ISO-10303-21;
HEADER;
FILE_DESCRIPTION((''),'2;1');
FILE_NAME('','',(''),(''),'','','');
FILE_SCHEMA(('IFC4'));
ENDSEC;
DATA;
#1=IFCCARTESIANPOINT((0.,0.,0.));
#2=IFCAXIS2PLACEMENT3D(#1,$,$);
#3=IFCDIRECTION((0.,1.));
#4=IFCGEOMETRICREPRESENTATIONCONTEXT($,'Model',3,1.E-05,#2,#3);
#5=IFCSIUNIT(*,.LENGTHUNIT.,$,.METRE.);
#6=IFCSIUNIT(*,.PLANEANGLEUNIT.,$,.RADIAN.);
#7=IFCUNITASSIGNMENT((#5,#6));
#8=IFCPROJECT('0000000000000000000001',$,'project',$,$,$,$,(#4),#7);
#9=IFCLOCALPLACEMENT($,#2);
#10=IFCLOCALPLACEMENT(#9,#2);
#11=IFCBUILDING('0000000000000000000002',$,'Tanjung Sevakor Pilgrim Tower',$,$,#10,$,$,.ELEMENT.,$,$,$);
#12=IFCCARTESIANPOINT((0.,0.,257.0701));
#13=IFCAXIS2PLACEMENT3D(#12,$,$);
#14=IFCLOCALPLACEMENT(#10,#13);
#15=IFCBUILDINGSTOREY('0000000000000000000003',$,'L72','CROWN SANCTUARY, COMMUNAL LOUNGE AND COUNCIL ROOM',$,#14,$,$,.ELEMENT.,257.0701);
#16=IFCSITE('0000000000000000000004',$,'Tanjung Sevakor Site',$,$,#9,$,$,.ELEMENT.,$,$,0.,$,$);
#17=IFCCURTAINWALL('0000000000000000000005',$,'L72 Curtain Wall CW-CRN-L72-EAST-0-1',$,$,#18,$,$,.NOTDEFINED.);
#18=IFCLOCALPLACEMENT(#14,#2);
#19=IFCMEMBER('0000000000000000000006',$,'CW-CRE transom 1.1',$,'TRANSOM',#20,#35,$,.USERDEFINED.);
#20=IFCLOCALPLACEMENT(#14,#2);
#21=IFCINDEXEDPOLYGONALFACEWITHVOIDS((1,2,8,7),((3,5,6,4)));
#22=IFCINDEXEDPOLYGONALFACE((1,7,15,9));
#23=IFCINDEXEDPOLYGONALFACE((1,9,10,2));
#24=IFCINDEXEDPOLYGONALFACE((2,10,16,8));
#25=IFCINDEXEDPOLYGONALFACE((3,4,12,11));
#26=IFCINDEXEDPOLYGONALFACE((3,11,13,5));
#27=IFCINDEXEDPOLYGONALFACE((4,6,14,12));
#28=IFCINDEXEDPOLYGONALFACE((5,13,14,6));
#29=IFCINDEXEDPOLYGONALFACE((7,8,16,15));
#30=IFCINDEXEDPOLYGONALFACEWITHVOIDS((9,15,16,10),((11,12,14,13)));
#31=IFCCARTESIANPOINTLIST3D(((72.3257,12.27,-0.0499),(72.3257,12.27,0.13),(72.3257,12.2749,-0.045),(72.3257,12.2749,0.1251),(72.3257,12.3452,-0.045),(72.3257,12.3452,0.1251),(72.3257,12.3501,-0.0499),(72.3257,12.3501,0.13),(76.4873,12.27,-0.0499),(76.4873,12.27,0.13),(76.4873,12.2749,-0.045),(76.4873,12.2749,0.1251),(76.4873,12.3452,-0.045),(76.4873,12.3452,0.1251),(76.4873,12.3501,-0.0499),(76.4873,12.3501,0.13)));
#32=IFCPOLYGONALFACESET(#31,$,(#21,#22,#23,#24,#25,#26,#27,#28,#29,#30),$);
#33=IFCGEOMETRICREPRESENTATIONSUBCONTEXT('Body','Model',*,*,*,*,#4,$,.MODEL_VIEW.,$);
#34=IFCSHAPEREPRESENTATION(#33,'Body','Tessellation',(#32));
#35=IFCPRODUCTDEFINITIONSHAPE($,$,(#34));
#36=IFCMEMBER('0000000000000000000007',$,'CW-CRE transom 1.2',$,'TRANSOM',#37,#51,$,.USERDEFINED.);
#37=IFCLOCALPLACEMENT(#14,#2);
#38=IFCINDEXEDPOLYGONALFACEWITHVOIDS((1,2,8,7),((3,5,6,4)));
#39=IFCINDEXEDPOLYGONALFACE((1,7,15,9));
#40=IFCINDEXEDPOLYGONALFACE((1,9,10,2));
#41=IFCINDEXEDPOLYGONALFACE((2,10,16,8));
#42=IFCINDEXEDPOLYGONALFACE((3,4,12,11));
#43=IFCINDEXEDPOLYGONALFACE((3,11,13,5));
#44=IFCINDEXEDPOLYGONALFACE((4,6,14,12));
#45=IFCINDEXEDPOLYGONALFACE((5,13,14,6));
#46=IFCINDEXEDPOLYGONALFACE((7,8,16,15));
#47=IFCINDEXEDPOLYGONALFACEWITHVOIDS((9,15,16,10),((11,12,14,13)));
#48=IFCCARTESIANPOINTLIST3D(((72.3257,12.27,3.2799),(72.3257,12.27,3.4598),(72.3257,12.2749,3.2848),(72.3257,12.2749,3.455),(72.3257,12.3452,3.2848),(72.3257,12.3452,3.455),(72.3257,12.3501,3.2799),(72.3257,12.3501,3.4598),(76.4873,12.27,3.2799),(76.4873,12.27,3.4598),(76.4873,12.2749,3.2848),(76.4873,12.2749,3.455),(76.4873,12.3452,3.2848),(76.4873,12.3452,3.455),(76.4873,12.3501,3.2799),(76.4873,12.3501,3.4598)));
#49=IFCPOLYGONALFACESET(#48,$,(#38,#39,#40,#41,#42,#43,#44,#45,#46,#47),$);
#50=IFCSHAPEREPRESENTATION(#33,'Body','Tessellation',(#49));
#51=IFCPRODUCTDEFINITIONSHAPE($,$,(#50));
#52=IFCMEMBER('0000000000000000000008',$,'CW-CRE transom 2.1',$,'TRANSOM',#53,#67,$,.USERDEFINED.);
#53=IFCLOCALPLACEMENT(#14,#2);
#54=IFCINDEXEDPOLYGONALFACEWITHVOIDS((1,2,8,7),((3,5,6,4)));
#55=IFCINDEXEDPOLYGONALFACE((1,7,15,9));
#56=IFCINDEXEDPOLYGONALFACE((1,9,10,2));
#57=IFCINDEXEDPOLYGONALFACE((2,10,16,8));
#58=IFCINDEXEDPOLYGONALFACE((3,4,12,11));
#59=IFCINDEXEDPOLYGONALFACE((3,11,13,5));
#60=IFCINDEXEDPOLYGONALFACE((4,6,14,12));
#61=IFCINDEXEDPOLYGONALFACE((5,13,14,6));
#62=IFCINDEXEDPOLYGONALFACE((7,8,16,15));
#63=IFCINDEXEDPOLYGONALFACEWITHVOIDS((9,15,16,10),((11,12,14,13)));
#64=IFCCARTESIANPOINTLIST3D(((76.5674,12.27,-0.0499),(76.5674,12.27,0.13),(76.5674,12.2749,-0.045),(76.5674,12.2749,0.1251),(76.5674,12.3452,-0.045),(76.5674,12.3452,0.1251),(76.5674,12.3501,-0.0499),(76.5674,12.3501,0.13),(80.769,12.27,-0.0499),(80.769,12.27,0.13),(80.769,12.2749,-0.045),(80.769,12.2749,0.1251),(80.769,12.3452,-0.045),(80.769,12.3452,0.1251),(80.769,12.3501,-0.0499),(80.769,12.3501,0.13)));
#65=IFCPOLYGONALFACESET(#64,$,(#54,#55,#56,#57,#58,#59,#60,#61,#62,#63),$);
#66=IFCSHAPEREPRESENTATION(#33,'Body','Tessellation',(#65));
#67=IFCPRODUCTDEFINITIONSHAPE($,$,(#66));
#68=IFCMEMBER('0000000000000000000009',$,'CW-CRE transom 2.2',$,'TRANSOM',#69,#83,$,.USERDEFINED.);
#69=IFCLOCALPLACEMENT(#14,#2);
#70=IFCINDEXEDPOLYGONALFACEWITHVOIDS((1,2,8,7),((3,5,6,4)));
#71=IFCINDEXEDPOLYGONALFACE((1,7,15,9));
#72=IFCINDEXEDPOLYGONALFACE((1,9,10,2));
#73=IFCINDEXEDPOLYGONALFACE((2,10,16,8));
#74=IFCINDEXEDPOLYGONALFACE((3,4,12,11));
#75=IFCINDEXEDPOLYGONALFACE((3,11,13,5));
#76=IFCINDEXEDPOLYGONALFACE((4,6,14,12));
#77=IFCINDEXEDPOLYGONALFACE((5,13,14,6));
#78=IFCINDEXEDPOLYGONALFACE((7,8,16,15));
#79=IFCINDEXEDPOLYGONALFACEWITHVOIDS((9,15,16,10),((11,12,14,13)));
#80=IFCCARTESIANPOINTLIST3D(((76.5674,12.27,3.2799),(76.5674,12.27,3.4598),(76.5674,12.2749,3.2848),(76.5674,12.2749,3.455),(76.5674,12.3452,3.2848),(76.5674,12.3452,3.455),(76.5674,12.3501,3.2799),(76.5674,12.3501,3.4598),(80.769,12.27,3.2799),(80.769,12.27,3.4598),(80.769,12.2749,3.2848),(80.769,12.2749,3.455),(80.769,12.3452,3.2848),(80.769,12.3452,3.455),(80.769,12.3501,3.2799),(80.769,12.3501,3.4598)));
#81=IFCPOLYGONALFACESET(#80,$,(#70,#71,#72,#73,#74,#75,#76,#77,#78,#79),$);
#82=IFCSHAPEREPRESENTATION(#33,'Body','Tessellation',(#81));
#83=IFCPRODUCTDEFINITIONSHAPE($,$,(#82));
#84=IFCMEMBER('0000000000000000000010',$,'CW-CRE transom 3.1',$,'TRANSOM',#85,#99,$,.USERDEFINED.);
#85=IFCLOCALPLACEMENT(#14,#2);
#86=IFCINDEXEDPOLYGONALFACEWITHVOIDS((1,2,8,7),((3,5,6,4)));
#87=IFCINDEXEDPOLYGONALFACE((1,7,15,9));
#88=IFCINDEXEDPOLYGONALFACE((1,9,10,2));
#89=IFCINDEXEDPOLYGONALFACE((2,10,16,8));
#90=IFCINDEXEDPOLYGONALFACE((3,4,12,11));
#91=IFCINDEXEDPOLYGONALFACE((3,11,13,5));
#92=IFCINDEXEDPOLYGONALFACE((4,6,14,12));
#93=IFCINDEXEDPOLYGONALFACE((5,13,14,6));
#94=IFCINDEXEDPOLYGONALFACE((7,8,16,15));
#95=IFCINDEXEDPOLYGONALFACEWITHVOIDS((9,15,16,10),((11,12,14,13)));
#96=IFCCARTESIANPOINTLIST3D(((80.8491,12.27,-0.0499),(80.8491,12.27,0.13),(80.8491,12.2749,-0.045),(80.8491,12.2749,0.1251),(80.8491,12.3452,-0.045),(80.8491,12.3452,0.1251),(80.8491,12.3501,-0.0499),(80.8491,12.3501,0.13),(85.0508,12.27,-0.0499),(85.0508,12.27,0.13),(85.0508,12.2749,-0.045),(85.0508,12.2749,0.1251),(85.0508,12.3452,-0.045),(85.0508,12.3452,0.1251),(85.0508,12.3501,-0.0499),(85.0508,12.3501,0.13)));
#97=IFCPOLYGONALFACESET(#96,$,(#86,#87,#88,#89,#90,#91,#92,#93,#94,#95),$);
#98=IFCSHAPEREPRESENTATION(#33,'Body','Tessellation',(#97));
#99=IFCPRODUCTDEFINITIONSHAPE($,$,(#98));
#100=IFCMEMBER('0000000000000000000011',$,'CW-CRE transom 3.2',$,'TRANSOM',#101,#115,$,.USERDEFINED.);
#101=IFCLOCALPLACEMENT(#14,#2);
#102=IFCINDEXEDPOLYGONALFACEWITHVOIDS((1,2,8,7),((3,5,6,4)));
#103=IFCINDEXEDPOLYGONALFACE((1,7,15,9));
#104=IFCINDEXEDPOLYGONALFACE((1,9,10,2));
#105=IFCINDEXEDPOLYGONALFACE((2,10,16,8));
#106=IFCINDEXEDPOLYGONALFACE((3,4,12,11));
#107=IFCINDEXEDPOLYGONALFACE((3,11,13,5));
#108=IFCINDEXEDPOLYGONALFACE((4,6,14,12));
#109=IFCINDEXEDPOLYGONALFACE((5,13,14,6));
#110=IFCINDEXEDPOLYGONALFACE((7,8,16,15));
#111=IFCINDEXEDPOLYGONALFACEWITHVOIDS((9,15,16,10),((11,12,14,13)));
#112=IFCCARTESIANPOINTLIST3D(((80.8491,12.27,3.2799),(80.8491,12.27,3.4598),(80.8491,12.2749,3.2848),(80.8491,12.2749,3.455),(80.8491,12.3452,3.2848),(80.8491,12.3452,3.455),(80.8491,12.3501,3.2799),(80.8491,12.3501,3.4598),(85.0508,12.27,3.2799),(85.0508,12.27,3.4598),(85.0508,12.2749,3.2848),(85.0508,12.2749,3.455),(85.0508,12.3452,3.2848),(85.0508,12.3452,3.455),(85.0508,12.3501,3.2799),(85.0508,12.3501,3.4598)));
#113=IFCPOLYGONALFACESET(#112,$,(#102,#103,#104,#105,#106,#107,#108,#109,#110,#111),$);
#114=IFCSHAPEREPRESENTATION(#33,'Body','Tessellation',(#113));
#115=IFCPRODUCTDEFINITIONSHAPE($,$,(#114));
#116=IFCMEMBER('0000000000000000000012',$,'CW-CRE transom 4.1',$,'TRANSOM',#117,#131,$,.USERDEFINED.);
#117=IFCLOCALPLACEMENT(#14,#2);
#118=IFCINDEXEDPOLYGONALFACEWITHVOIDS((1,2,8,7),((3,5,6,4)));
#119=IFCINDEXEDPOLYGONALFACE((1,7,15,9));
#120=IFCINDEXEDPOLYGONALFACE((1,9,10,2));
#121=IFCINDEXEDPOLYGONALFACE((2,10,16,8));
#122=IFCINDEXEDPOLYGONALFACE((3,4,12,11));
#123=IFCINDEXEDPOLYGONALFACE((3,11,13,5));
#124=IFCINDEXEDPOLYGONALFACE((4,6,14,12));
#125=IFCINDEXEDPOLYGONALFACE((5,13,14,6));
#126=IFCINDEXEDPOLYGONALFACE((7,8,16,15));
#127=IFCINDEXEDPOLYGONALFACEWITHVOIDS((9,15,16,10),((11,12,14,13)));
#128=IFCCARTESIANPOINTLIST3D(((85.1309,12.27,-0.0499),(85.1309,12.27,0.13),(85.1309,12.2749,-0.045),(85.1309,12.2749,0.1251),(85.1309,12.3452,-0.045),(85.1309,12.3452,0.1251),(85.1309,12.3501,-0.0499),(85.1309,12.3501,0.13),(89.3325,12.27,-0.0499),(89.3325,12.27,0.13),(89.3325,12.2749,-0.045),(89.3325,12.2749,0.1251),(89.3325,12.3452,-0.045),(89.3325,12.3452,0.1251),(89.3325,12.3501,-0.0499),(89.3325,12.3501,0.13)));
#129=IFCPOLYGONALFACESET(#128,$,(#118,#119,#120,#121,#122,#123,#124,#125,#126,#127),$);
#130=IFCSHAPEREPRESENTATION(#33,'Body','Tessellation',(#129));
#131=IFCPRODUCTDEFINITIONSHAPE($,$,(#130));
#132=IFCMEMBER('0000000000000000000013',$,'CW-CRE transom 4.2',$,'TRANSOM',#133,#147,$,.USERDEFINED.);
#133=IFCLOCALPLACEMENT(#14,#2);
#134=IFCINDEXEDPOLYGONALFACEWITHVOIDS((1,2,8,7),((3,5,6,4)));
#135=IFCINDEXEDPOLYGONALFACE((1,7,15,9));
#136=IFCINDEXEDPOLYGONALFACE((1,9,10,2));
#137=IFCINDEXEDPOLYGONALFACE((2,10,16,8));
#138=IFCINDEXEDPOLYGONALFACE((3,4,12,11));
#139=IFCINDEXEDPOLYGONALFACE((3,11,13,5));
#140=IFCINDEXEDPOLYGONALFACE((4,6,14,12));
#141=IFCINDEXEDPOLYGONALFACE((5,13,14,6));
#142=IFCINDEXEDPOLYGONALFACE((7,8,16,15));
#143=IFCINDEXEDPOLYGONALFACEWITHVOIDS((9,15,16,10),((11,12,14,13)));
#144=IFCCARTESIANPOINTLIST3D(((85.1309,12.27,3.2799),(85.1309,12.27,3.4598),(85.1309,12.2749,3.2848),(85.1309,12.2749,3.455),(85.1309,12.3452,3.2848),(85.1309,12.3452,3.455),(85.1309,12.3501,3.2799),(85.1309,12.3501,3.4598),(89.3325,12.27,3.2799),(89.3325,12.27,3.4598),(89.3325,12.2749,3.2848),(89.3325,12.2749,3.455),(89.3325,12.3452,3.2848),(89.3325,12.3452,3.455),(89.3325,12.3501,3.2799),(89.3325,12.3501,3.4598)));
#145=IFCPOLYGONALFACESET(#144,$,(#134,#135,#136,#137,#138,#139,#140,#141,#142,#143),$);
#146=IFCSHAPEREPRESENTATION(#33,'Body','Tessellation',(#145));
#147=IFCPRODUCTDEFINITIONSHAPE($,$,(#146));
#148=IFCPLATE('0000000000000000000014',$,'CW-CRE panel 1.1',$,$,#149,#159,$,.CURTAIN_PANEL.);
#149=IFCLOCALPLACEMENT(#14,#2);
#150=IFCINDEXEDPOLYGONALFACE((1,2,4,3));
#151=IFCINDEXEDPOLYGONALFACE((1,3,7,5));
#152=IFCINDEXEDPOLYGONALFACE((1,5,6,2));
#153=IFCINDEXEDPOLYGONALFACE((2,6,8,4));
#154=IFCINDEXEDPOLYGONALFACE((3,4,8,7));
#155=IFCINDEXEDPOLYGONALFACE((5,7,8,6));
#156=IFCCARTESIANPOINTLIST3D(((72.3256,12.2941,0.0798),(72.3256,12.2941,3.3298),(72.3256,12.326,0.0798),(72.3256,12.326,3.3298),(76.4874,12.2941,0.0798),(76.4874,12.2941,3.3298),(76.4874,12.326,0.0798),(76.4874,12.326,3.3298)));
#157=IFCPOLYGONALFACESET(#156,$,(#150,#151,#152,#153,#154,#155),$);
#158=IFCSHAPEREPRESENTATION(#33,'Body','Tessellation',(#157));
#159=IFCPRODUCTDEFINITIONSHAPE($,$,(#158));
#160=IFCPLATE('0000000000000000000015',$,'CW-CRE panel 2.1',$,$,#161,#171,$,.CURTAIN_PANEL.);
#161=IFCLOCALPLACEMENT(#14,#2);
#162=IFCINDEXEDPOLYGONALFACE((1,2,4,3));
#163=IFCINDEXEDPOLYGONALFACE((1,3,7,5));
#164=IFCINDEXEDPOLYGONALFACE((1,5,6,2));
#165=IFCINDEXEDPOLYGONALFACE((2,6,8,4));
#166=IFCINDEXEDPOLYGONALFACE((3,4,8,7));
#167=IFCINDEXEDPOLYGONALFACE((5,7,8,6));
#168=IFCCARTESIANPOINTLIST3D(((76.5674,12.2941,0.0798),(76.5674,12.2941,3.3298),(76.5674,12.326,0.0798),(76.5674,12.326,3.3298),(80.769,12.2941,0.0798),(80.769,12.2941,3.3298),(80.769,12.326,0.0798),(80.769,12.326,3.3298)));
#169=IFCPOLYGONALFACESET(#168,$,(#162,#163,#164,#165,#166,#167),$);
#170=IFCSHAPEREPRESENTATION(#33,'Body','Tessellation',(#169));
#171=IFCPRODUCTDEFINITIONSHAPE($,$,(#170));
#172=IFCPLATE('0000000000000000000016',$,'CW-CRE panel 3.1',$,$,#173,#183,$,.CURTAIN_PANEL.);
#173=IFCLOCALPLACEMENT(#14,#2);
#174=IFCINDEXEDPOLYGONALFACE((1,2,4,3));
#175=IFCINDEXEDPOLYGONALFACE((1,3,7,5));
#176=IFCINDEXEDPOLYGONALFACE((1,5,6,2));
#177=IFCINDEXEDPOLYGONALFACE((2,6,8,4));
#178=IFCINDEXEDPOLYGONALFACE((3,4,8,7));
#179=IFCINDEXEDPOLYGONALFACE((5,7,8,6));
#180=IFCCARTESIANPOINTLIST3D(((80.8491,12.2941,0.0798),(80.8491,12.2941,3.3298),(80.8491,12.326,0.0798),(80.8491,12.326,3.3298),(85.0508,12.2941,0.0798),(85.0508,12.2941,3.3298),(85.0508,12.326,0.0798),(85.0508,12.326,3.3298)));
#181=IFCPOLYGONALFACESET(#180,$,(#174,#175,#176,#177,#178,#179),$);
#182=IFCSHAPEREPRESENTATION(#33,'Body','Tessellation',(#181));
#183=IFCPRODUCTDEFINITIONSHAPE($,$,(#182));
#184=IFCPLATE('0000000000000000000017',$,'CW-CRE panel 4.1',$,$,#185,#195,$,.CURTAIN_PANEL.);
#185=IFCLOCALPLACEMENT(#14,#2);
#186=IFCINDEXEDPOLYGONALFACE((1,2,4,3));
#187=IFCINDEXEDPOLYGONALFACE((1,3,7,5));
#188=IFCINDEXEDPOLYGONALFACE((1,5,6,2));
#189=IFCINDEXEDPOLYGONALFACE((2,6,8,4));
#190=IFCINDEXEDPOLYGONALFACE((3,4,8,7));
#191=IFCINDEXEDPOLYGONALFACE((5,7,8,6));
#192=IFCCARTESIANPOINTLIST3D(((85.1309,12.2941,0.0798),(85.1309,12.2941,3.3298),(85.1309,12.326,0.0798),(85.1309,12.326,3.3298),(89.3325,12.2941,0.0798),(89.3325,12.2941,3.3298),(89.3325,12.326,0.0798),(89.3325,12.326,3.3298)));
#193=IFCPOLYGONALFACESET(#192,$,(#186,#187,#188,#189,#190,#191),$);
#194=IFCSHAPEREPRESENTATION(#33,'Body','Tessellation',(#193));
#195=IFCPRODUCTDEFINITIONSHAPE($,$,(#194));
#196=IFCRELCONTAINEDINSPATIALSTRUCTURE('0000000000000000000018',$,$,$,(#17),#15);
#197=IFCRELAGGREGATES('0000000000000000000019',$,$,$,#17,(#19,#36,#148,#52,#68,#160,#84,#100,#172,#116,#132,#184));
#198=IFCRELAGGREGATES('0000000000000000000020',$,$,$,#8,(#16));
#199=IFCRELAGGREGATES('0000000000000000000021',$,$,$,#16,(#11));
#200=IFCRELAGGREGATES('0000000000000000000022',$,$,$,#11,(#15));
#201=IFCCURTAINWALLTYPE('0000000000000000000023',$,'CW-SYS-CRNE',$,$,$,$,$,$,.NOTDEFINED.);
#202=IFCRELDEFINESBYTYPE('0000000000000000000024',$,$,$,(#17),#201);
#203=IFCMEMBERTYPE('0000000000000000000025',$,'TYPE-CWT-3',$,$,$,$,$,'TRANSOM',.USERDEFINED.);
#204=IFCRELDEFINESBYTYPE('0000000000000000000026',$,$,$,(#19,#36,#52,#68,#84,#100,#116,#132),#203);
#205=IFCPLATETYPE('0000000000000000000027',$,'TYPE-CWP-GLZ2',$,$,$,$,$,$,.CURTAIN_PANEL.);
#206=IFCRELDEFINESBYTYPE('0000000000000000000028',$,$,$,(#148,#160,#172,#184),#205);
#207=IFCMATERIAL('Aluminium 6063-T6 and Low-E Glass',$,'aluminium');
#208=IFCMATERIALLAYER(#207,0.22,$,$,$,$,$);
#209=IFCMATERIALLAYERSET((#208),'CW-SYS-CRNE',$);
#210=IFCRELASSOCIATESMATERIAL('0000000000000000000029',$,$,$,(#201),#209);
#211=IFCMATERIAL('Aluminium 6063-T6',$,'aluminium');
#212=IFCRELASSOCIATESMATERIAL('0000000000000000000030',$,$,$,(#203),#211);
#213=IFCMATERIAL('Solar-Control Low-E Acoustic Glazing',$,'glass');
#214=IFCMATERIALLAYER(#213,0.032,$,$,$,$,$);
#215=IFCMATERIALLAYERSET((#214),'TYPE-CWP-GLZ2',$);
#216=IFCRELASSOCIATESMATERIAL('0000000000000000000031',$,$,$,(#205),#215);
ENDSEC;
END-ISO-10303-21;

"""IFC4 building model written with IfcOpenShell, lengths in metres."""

from ifc_helpers import new_model, si_unit, direction, frame, origin, origin_2d, place, context, subcontext, project, spatial, rectangle, hollow_rectangle, extrude, material, layer, layer_set, material_profile, profile_set, type_object, element, aggregate, save


model = new_model("IFC4")

# Units and contexts
model_context = context("Model", 3, precision=1e-05, world=origin(), true_north=direction((0.0, 1.0)))
body_context = subcontext(model_context, "Body", "Model", "MODEL_VIEW")
ifc_project = project(units=[si_unit("LENGTHUNIT", "METRE"), si_unit("PLANEANGLEUNIT", "RADIAN")], contexts=[model_context])

# Site, building, storey
site_placement = place(None, origin())
site = spatial("IfcSite", under=ifc_project, at=site_placement, Name="Tanjung Sevakor Site", CompositionType="ELEMENT", RefElevation=0.0)
building_placement = place(site_placement, origin())
building = spatial("IfcBuilding", under=site, at=building_placement, Name="Tanjung Sevakor Pilgrim Tower", CompositionType="ELEMENT")
storey_placement = place(building_placement, frame((0.0, 0.0, 257.0701)))
storey = spatial("IfcBuildingStorey", under=building, at=storey_placement, Name="L72", Description="CROWN SANCTUARY, COMMUNAL LOUNGE AND COUNCIL ROOM", CompositionType="ELEMENT", Elevation=257.0701)

# Curtain wall, members, plates
ifc_material_1 = material(Name="Aluminium 6063-T6 and Low-E Glass", Category="aluminium")
ifc_layer_1 = layer(ifc_material_1, 0.22)
ifc_layer_set_1 = layer_set([ifc_layer_1], Name="CW-SYS-CRNE")
curtain_wall_type = type_object("IfcCurtainWallType", Name="CW-SYS-CRNE", PredefinedType="NOTDEFINED", material=ifc_layer_set_1)
curtain_wall_placement = place(storey_placement, origin())
curtain_wall = element("IfcCurtainWall", 1, at=curtain_wall_placement, inside=storey, type_object=curtain_wall_type, Name="L72 Curtain Wall CW-CRN-L72-EAST-0-1", PredefinedType="NOTDEFINED")
ifc_material_2 = material(Name="Aluminium 6063-T6", Category="aluminium")
ifc_material_profile_1 = material_profile(ifc_material_2, hollow_rectangle(XDim=0.0801, YDim=0.1799, WallThickness=0.0049, at=origin_2d()))
ifc_profile_set_1 = profile_set([ifc_material_profile_1], Name="Aluminium 6063-T6")
member_type_1 = type_object("IfcMemberType", Name="TYPE-CWT-3", ElementType="TRANSOM", PredefinedType="USERDEFINED", material=ifc_profile_set_1)
member_1_placement = place(storey_placement, frame((72.3257, 12.3101, 0.04), z_axis=(1.0, 0.0, 0.0), x_axis=(0.0, 1.0, 0.0)))
member_1 = element("IfcMember", 2, at=member_1_placement, type_object=member_type_1, Name="CW-CRE transom 1.1", ObjectType="TRANSOM", PredefinedType="USERDEFINED", context=body_context, shape_type="SweptSolid", body=[
    extrude(hollow_rectangle(XDim=0.0801, YDim=0.1799, WallThickness=0.0049, at=origin_2d()), origin(), (0.0, 0.0, 1.0), 4.1616),
])
member_2_placement = place(storey_placement, frame((72.3257, 12.3101, 3.3699), z_axis=(1.0, 0.0, 0.0), x_axis=(0.0, 1.0, 0.0)))
member_2 = element("IfcMember", 3, at=member_2_placement, type_object=member_type_1, Name="CW-CRE transom 1.2", ObjectType="TRANSOM", PredefinedType="USERDEFINED", context=body_context, shape_type="SweptSolid", body=[
    extrude(hollow_rectangle(XDim=0.0801, YDim=0.1799, WallThickness=0.0049, at=origin_2d()), origin(), (0.0, 0.0, 1.0), 4.1616),
])
member_3_placement = place(storey_placement, frame((76.5674, 12.3101, 0.04), z_axis=(1.0, 0.0, 0.0), x_axis=(0.0, 1.0, 0.0)))
member_3 = element("IfcMember", 4, at=member_3_placement, type_object=member_type_1, Name="CW-CRE transom 2.1", ObjectType="TRANSOM", PredefinedType="USERDEFINED", context=body_context, shape_type="SweptSolid", body=[
    extrude(hollow_rectangle(XDim=0.0801, YDim=0.1799, WallThickness=0.0049, at=origin_2d()), origin(), (0.0, 0.0, 1.0), 4.2017),
])
member_4_placement = place(storey_placement, frame((76.5674, 12.3101, 3.3699), z_axis=(1.0, 0.0, 0.0), x_axis=(0.0, 1.0, 0.0)))
member_4 = element("IfcMember", 5, at=member_4_placement, type_object=member_type_1, Name="CW-CRE transom 2.2", ObjectType="TRANSOM", PredefinedType="USERDEFINED", context=body_context, shape_type="SweptSolid", body=[
    extrude(hollow_rectangle(XDim=0.0801, YDim=0.1799, WallThickness=0.0049, at=origin_2d()), origin(), (0.0, 0.0, 1.0), 4.2017),
])
member_5_placement = place(storey_placement, frame((80.8491, 12.3101, 0.04), z_axis=(1.0, 0.0, 0.0), x_axis=(0.0, 1.0, 0.0)))
member_5 = element("IfcMember", 6, at=member_5_placement, type_object=member_type_1, Name="CW-CRE transom 3.1", ObjectType="TRANSOM", PredefinedType="USERDEFINED", context=body_context, shape_type="SweptSolid", body=[
    extrude(hollow_rectangle(XDim=0.0801, YDim=0.1799, WallThickness=0.0049, at=origin_2d()), origin(), (0.0, 0.0, 1.0), 4.2017),
])
member_6_placement = place(storey_placement, frame((80.8491, 12.3101, 3.3699), z_axis=(1.0, 0.0, 0.0), x_axis=(0.0, 1.0, 0.0)))
member_6 = element("IfcMember", 7, at=member_6_placement, type_object=member_type_1, Name="CW-CRE transom 3.2", ObjectType="TRANSOM", PredefinedType="USERDEFINED", context=body_context, shape_type="SweptSolid", body=[
    extrude(hollow_rectangle(XDim=0.0801, YDim=0.1799, WallThickness=0.0049, at=origin_2d()), origin(), (0.0, 0.0, 1.0), 4.2017),
])
member_7_placement = place(storey_placement, frame((85.1309, 12.3101, 0.04), z_axis=(1.0, 0.0, 0.0), x_axis=(0.0, 1.0, 0.0)))
member_7 = element("IfcMember", 8, at=member_7_placement, type_object=member_type_1, Name="CW-CRE transom 4.1", ObjectType="TRANSOM", PredefinedType="USERDEFINED", context=body_context, shape_type="SweptSolid", body=[
    extrude(hollow_rectangle(XDim=0.0801, YDim=0.1799, WallThickness=0.0049, at=origin_2d()), origin(), (0.0, 0.0, 1.0), 4.2017),
])
member_8_placement = place(storey_placement, frame((85.1309, 12.3101, 3.3699), z_axis=(1.0, 0.0, 0.0), x_axis=(0.0, 1.0, 0.0)))
member_8 = element("IfcMember", 9, at=member_8_placement, type_object=member_type_1, Name="CW-CRE transom 4.2", ObjectType="TRANSOM", PredefinedType="USERDEFINED", context=body_context, shape_type="SweptSolid", body=[
    extrude(hollow_rectangle(XDim=0.0801, YDim=0.1799, WallThickness=0.0049, at=origin_2d()), origin(), (0.0, 0.0, 1.0), 4.2017),
])
ifc_material_3 = material(Name="Solar-Control Low-E Acoustic Glazing", Category="glass")
ifc_layer_2 = layer(ifc_material_3, 0.032)
ifc_layer_set_2 = layer_set([ifc_layer_2], Name="TYPE-CWP-GLZ2")
plate_type = type_object("IfcPlateType", Name="TYPE-CWP-GLZ2", PredefinedType="CURTAIN_PANEL", material=ifc_layer_set_2)
plate_1_placement = place(storey_placement, frame((74.4065, 12.3101, 0.0798), z_axis=(0.0, 0.0, 1.0), x_axis=(1.0, 0.0, 0.0)))
plate_1 = element("IfcPlate", 10, at=plate_1_placement, type_object=plate_type, Name="CW-CRE panel 1.1", PredefinedType="CURTAIN_PANEL", context=body_context, shape_type="SweptSolid", body=[
    extrude(rectangle(XDim=4.1619, YDim=0.032, at=origin_2d()), origin(), (0.0, 0.0, 1.0), 3.25),
])
plate_2_placement = place(storey_placement, frame((78.6682, 12.3101, 0.0798), z_axis=(0.0, 0.0, 1.0), x_axis=(1.0, 0.0, 0.0)))
plate_2 = element("IfcPlate", 11, at=plate_2_placement, type_object=plate_type, Name="CW-CRE panel 2.1", PredefinedType="CURTAIN_PANEL", context=body_context, shape_type="SweptSolid", body=[
    extrude(rectangle(XDim=4.2017, YDim=0.032, at=origin_2d()), origin(), (0.0, 0.0, 1.0), 3.25),
])
plate_3_placement = place(storey_placement, frame((82.95, 12.3101, 0.0798), z_axis=(0.0, 0.0, 1.0), x_axis=(1.0, 0.0, 0.0)))
plate_3 = element("IfcPlate", 12, at=plate_3_placement, type_object=plate_type, Name="CW-CRE panel 3.1", PredefinedType="CURTAIN_PANEL", context=body_context, shape_type="SweptSolid", body=[
    extrude(rectangle(XDim=4.2017, YDim=0.032, at=origin_2d()), origin(), (0.0, 0.0, 1.0), 3.25),
])
plate_4_placement = place(storey_placement, frame((87.2317, 12.3101, 0.0798), z_axis=(0.0, 0.0, 1.0), x_axis=(1.0, 0.0, 0.0)))
plate_4 = element("IfcPlate", 13, at=plate_4_placement, type_object=plate_type, Name="CW-CRE panel 4.1", PredefinedType="CURTAIN_PANEL", context=body_context, shape_type="SweptSolid", body=[
    extrude(rectangle(XDim=4.2017, YDim=0.032, at=origin_2d()), origin(), (0.0, 0.0, 1.0), 3.25),
])
aggregate(curtain_wall, [member_1, member_2, plate_1, member_3, member_4, plate_2, member_5, member_6, plate_3, member_7, member_8, plate_4])

save(model, "model.ifc")
